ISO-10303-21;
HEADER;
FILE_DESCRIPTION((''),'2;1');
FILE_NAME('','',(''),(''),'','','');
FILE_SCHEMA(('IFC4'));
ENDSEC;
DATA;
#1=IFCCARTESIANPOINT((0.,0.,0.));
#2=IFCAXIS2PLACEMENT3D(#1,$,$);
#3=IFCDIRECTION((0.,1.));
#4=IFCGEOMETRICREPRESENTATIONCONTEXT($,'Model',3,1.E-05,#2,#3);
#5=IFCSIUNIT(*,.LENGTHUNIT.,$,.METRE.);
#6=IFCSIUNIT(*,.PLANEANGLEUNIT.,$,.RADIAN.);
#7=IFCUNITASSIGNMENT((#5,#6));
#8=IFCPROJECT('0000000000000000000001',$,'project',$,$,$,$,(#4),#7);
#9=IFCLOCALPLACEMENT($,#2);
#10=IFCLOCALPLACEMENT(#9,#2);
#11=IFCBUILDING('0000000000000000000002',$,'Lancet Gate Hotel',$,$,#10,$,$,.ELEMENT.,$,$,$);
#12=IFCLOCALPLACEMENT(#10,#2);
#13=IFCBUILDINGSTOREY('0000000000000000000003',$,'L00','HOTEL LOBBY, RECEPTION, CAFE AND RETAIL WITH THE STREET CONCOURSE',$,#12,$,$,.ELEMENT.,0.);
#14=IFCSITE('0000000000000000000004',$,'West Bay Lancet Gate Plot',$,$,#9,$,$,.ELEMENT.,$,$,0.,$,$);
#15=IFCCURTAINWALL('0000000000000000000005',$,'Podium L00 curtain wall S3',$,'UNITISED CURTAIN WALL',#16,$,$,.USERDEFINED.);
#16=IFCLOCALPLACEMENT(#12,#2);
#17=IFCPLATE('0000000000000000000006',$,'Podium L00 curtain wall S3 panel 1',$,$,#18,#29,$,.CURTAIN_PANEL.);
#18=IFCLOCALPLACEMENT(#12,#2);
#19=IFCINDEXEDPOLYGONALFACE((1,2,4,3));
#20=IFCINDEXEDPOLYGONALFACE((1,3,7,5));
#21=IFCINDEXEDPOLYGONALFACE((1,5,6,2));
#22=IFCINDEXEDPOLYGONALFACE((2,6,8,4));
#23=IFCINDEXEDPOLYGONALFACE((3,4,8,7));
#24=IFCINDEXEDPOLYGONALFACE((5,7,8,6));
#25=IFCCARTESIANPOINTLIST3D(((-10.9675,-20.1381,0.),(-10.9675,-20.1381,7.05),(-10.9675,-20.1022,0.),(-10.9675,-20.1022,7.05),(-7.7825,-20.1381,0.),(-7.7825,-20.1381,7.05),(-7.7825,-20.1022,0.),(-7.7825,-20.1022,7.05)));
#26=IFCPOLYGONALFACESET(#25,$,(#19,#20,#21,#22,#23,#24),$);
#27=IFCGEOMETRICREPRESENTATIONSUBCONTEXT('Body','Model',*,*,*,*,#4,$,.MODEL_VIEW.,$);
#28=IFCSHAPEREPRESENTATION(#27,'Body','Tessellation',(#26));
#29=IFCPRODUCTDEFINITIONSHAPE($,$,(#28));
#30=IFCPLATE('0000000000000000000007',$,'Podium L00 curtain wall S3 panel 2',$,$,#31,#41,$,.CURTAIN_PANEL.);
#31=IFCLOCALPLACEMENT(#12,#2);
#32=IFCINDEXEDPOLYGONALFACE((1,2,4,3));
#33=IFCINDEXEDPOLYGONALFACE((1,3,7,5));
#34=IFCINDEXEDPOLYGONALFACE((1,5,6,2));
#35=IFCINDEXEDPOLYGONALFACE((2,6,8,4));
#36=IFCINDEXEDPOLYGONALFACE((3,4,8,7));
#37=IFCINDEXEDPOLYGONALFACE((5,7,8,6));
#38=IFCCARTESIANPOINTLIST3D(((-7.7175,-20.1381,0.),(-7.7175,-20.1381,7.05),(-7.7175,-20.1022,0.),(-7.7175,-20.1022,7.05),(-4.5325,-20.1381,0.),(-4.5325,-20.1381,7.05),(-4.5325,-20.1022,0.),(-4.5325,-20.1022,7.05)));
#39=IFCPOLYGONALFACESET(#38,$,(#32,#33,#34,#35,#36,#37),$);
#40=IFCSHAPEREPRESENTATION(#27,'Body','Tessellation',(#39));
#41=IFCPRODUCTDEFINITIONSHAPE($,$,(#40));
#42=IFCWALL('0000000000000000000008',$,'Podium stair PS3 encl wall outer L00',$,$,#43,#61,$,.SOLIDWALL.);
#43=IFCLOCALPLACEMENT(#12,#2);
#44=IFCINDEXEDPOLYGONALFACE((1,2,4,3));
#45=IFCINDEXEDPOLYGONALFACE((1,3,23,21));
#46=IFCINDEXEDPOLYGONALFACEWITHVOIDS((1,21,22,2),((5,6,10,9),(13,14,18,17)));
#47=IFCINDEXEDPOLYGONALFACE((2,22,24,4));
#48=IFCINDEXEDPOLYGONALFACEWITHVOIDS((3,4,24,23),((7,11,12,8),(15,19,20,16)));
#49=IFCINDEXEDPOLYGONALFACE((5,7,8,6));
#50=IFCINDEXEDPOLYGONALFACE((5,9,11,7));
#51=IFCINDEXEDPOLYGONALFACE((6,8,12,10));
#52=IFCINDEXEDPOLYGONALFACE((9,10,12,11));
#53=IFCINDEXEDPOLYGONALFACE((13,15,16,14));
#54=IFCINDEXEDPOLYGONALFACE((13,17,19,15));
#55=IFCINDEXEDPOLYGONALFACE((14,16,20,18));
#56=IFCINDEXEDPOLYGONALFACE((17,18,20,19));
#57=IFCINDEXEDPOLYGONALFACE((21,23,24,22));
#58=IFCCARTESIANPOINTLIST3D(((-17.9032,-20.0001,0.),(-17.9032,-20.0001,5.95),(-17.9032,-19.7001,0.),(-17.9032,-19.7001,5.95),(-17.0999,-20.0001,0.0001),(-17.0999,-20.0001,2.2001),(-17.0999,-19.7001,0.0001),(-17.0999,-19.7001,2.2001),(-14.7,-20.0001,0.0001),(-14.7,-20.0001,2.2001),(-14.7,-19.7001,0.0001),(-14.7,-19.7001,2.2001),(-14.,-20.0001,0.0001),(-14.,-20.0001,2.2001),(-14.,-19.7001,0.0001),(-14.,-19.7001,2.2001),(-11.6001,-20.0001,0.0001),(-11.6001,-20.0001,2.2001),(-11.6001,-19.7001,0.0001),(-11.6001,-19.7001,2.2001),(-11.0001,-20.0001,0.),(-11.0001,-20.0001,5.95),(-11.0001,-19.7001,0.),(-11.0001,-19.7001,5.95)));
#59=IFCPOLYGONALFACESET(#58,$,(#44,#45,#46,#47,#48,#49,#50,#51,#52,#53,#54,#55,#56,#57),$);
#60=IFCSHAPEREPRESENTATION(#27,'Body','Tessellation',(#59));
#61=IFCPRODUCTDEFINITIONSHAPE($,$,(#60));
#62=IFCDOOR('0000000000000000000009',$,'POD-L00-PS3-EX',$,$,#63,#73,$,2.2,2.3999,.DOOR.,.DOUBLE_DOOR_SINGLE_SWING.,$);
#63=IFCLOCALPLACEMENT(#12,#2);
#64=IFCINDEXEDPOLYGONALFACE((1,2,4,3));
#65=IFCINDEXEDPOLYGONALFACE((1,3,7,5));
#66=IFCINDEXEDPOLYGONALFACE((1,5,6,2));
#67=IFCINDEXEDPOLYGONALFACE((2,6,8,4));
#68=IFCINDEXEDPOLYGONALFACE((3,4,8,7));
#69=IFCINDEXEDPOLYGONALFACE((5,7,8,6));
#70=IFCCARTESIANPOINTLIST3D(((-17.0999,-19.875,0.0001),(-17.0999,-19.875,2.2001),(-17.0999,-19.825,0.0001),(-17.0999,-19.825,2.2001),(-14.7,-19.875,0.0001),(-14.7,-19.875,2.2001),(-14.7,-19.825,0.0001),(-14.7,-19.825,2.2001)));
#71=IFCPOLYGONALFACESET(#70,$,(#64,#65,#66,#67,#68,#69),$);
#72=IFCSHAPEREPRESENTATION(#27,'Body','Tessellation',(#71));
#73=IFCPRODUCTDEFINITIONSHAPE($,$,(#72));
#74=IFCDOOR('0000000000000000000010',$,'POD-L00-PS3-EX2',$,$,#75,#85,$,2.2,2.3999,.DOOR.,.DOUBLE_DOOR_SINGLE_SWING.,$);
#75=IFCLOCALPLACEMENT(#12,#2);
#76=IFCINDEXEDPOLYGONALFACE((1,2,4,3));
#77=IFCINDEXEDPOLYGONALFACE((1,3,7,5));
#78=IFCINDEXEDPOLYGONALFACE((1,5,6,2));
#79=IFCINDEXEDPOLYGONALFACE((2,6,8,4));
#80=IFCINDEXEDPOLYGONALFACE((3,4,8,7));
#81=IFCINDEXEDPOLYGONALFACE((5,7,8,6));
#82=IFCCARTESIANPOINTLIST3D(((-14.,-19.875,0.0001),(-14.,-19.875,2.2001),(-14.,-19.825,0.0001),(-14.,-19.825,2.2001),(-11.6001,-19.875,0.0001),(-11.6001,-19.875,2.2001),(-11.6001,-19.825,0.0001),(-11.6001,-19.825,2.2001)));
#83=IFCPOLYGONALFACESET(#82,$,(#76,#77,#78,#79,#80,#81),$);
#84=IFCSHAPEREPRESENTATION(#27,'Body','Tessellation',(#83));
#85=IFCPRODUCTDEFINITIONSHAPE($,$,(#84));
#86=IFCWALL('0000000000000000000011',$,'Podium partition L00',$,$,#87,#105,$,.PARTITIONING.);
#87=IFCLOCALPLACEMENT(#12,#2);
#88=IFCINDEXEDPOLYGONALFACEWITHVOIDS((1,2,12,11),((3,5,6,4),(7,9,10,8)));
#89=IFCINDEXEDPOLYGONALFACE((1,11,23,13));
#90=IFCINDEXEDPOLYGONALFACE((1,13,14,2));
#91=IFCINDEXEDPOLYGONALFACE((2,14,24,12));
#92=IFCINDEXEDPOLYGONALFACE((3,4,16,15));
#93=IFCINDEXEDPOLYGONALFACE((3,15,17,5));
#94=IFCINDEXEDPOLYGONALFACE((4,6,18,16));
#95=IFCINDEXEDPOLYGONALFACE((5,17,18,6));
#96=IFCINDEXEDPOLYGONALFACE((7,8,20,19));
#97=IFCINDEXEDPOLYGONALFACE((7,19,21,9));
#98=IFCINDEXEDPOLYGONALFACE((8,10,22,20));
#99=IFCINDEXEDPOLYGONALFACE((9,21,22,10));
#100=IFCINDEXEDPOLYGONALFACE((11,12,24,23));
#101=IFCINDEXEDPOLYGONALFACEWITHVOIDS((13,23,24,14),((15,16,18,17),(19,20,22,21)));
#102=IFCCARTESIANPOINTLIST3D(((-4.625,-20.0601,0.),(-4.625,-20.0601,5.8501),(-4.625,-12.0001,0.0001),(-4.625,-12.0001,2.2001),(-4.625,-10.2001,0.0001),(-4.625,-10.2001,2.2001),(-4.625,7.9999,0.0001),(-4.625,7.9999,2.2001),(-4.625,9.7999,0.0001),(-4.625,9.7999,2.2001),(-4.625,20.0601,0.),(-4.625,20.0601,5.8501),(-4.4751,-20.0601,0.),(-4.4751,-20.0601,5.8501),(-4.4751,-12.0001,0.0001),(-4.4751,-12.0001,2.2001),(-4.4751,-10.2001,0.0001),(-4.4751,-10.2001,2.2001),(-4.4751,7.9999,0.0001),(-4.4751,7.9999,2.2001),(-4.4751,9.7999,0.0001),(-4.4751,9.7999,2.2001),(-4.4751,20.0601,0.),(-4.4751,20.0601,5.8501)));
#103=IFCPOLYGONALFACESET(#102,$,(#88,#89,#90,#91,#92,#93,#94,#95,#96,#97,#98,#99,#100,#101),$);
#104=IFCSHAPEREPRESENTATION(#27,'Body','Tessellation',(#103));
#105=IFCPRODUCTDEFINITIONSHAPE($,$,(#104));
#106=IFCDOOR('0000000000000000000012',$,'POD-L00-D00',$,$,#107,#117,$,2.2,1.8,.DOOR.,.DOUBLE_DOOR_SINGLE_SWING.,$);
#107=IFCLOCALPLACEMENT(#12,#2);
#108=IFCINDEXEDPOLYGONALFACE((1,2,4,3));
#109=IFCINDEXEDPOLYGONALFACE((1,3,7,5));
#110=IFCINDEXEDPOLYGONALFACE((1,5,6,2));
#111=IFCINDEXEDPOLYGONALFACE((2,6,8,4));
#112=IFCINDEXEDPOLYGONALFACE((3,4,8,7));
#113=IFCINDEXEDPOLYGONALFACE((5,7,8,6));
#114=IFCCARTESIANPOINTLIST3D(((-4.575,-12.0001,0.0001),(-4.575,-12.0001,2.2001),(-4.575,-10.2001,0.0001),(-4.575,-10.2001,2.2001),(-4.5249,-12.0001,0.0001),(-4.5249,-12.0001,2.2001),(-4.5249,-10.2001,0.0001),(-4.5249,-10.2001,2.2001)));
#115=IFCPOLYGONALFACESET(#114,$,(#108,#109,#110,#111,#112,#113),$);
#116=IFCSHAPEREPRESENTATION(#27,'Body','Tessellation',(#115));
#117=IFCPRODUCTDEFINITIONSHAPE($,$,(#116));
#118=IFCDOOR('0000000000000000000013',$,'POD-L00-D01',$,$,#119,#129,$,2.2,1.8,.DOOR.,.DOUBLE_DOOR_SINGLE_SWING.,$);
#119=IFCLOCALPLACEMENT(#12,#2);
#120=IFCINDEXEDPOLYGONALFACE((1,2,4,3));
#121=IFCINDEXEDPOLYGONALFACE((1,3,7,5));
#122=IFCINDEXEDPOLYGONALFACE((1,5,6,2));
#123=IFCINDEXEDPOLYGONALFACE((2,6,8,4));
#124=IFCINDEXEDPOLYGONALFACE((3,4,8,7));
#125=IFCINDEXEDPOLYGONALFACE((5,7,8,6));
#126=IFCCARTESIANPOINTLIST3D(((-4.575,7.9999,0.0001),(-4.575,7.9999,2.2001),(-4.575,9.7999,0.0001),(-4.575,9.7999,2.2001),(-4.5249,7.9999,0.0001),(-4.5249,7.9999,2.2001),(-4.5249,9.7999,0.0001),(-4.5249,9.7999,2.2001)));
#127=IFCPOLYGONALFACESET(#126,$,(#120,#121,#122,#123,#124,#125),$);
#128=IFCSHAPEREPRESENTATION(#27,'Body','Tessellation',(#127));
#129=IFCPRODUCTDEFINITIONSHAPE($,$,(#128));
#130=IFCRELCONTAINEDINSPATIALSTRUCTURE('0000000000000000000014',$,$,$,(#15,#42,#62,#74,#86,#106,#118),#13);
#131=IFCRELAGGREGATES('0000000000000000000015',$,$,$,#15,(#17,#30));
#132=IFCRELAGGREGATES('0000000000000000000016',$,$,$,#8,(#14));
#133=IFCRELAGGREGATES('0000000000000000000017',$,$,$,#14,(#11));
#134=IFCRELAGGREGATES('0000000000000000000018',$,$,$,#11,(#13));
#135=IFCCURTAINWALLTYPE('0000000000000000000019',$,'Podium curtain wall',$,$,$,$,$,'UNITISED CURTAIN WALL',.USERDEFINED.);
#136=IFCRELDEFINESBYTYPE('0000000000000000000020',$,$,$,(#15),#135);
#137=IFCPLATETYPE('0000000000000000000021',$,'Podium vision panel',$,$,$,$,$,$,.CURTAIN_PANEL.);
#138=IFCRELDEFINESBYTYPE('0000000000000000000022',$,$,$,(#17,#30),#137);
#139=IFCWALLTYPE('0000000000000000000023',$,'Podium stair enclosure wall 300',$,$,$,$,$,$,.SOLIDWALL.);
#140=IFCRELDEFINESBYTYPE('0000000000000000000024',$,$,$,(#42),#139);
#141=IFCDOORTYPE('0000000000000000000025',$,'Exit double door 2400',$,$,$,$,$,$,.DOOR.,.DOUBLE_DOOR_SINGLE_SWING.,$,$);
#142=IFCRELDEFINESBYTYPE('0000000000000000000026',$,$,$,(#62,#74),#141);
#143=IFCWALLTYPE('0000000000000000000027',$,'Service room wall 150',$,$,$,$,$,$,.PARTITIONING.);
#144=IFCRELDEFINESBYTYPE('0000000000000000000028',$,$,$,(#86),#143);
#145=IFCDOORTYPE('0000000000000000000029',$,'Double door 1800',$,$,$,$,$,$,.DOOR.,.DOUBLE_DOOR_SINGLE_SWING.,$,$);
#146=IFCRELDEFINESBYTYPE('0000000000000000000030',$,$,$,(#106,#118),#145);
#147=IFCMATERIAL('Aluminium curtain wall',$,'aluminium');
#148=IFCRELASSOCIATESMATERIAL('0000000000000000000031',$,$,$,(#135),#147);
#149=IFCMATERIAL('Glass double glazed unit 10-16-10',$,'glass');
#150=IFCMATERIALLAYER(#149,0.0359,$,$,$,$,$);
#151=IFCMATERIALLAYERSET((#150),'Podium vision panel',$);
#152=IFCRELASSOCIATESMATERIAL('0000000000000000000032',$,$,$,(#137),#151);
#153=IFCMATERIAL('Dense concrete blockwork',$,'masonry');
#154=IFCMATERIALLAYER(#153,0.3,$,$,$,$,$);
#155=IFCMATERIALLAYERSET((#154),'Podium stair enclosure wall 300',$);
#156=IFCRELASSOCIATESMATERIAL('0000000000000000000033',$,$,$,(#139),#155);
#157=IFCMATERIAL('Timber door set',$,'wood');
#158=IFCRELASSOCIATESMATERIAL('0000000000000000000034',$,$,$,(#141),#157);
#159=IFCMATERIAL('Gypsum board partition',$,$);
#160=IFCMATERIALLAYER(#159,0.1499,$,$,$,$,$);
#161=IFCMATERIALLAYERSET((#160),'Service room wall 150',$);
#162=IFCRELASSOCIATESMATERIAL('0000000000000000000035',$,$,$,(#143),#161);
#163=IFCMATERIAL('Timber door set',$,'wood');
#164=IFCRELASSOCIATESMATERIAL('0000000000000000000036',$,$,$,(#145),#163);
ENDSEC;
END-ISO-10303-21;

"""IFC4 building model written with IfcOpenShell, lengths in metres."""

from ifc_helpers import new_model, si_unit, direction, frame, frame_2d, origin, origin_2d, place, context, subcontext, project, spatial, rectangle, extrude, material, layer, layer_set, type_object, element, fill, aggregate, save


model = new_model("IFC4")

# Units and contexts
model_context = context("Model", 3, precision=1e-05, world=origin(), true_north=direction((0.0, 1.0)))
body_context = subcontext(model_context, "Body", "Model", "MODEL_VIEW")
ifc_project = project(units=[si_unit("LENGTHUNIT", "METRE"), si_unit("PLANEANGLEUNIT", "RADIAN")], contexts=[model_context])

# Site, building, storey
site_placement = place(None, origin())
site = spatial("IfcSite", under=ifc_project, at=site_placement, Name="West Bay Lancet Gate Plot", CompositionType="ELEMENT", RefElevation=0.0)
building_placement = place(site_placement, origin())
building = spatial("IfcBuilding", under=site, at=building_placement, Name="Lancet Gate Hotel", CompositionType="ELEMENT")
storey_placement = place(building_placement, origin())
storey = spatial("IfcBuildingStorey", under=building, at=storey_placement, Name="L00", Description="HOTEL LOBBY, RECEPTION, CAFE AND RETAIL WITH THE STREET CONCOURSE", CompositionType="ELEMENT", Elevation=0.0)

# Shared definitions
ifc_material_1 = material(Name="Aluminium curtain wall", Category="aluminium")
curtain_wall_type = type_object("IfcCurtainWallType", Name="Podium curtain wall", ElementType="UNITISED CURTAIN WALL", PredefinedType="USERDEFINED", material=ifc_material_1)

# Curtain wall
curtain_wall_1_placement = place(storey_placement, origin())
curtain_wall_1 = element("IfcCurtainWall", 1, at=curtain_wall_1_placement, inside=storey, type_object=curtain_wall_type, Name="Podium L00 curtain wall S3", ObjectType="UNITISED CURTAIN WALL", PredefinedType="USERDEFINED")

# Plates
ifc_material_2 = material(Name="Glass double glazed unit 10-16-10", Category="glass")
ifc_layer_1 = layer(ifc_material_2, 0.0359)
ifc_layer_set_1 = layer_set([ifc_layer_1], Name="Podium vision panel")
plate_type = type_object("IfcPlateType", Name="Podium vision panel", PredefinedType="CURTAIN_PANEL", material=ifc_layer_set_1)
plate_1_placement = place(storey_placement, frame((-9.375, -20.1201, 0.0), z_axis=(0.0, 0.0, 1.0), x_axis=(1.0, 0.0, 0.0)))
plate_1 = element("IfcPlate", 2, at=plate_1_placement, type_object=plate_type, Name="Podium L00 curtain wall S3 panel 1", PredefinedType="CURTAIN_PANEL", context=body_context, shape_type="SweptSolid", body=[
    extrude(rectangle(XDim=3.1851, YDim=0.0359, at=origin_2d()), origin(), (0.0, 0.0, 1.0), 7.05),
])
plate_2_placement = place(storey_placement, frame((-6.125, -20.1201, 0.0), z_axis=(0.0, 0.0, 1.0), x_axis=(1.0, 0.0, 0.0)))
plate_2 = element("IfcPlate", 3, at=plate_2_placement, type_object=plate_type, Name="Podium L00 curtain wall S3 panel 2", PredefinedType="CURTAIN_PANEL", context=body_context, shape_type="SweptSolid", body=[
    extrude(rectangle(XDim=3.1851, YDim=0.0359, at=origin_2d()), origin(), (0.0, 0.0, 1.0), 7.05),
])
aggregate(curtain_wall_1, [plate_1, plate_2])

# Walls, openings, doors
ifc_material_3 = material(Name="Dense concrete blockwork", Category="masonry")
ifc_layer_2 = layer(ifc_material_3, 0.3)
ifc_layer_set_2 = layer_set([ifc_layer_2], Name="Podium stair enclosure wall 300")
wall_type_1 = type_object("IfcWallType", Name="Podium stair enclosure wall 300", PredefinedType="SOLIDWALL", material=ifc_layer_set_2)
wall_1_placement = place(storey_placement, frame((-11.0, -19.8501, 0.0), z_axis=(0.0, 0.0, 1.0), x_axis=(-1.0, 0.0, 0.0)))
wall_1 = element("IfcWall", 4, at=wall_1_placement, inside=storey, type_object=wall_type_1, Name="Podium stair PS3 encl wall outer L00", PredefinedType="SOLIDWALL", context=body_context, shape_type="SweptSolid", body=[
    extrude(rectangle(XDim=6.9031, YDim=0.3, at=frame_2d((3.4517, 0.0))), origin(), (0.0, 0.0, 1.0), 5.95),
])
opening_1_placement = place(wall_1_placement, frame((3.7, 0.0, 0.0)))
opening_1 = element("IfcOpeningElement", 5, at=opening_1_placement, cuts=wall_1, PredefinedType="OPENING", context=body_context, shape_type="SweptSolid", body=[
    extrude(rectangle(XDim=2.3999, YDim=2.2, at=frame_2d((1.2, 1.1001))), frame((0.0, 0.1599, 0.0), z_axis=(0.0, -1.0, 0.0), x_axis=(1.0, 0.0, 0.0)), (0.0, 0.0, 1.0), 0.3201),
])
opening_2_placement = place(wall_1_placement, frame((0.6001, 0.0, 0.0)))
opening_2 = element("IfcOpeningElement", 6, at=opening_2_placement, cuts=wall_1, PredefinedType="OPENING", context=body_context, shape_type="SweptSolid", body=[
    extrude(rectangle(XDim=2.3999, YDim=2.2, at=frame_2d((1.2, 1.1001))), frame((0.0, 0.1599, 0.0), z_axis=(0.0, -1.0, 0.0), x_axis=(1.0, 0.0, 0.0)), (0.0, 0.0, 1.0), 0.3201),
])
ifc_material_4 = material(Name="Timber door set", Category="wood")
door_type_1 = type_object("IfcDoorType", Name="Exit double door 2400", OperationType="DOUBLE_DOOR_SINGLE_SWING", PredefinedType="DOOR", material=ifc_material_4)
door_1_placement = place(opening_1_placement, origin())
door_1 = element("IfcDoor", 7, at=door_1_placement, inside=storey, type_object=door_type_1, Name="POD-L00-PS3-EX", OperationType="DOUBLE_DOOR_SINGLE_SWING", OverallHeight=2.2, OverallWidth=2.3999, PredefinedType="DOOR", context=body_context, shape_type="SweptSolid", body=[
    extrude(rectangle(XDim=2.3999, YDim=2.2, at=frame_2d((1.2, 1.1001))), frame((0.0, 0.0249, 0.0), z_axis=(0.0, -1.0, 0.0), x_axis=(1.0, 0.0, 0.0)), (0.0, 0.0, 1.0), 0.05),
])
fill(opening_1, door_1)
door_2_placement = place(opening_2_placement, origin())
door_2 = element("IfcDoor", 8, at=door_2_placement, inside=storey, type_object=door_type_1, Name="POD-L00-PS3-EX2", OperationType="DOUBLE_DOOR_SINGLE_SWING", OverallHeight=2.2, OverallWidth=2.3999, PredefinedType="DOOR", context=body_context, shape_type="SweptSolid", body=[
    extrude(rectangle(XDim=2.3999, YDim=2.2, at=frame_2d((1.2, 1.1001))), frame((0.0, 0.0249, 0.0), z_axis=(0.0, -1.0, 0.0), x_axis=(1.0, 0.0, 0.0)), (0.0, 0.0, 1.0), 0.05),
])
fill(opening_2, door_2)
ifc_material_5 = material(Name="Gypsum board partition")
ifc_layer_3 = layer(ifc_material_5, 0.1499)
ifc_layer_set_3 = layer_set([ifc_layer_3], Name="Service room wall 150")
wall_type_2 = type_object("IfcWallType", Name="Service room wall 150", PredefinedType="PARTITIONING", material=ifc_layer_set_3)
wall_2_placement = place(storey_placement, frame((-4.55, -20.0601, 0.0), z_axis=(0.0, 0.0, 1.0), x_axis=(0.0, 1.0, 0.0)))
wall_2 = element("IfcWall", 9, at=wall_2_placement, inside=storey, type_object=wall_type_2, Name="Podium partition L00", PredefinedType="PARTITIONING", context=body_context, shape_type="SweptSolid", body=[
    extrude(rectangle(XDim=40.1201, YDim=0.1499, at=frame_2d((20.0601, 0.0))), origin(), (0.0, 0.0, 1.0), 5.8501),
])
opening_3_placement = place(wall_2_placement, frame((8.0601, 0.0, 0.0)))
opening_3 = element("IfcOpeningElement", 10, at=opening_3_placement, cuts=wall_2, PredefinedType="OPENING", context=body_context, shape_type="SweptSolid", body=[
    extrude(rectangle(XDim=1.8, YDim=2.2, at=frame_2d((0.8999, 1.1001))), frame((0.0, 0.085, 0.0), z_axis=(0.0, -1.0, 0.0), x_axis=(1.0, 0.0, 0.0)), (0.0, 0.0, 1.0), 0.1699),
])
opening_4_placement = place(wall_2_placement, frame((28.0601, 0.0, 0.0)))
opening_4 = element("IfcOpeningElement", 11, at=opening_4_placement, cuts=wall_2, PredefinedType="OPENING", context=body_context, shape_type="SweptSolid", body=[
    extrude(rectangle(XDim=1.8, YDim=2.2, at=frame_2d((0.8999, 1.1001))), frame((0.0, 0.085, 0.0), z_axis=(0.0, -1.0, 0.0), x_axis=(1.0, 0.0, 0.0)), (0.0, 0.0, 1.0), 0.1699),
])
ifc_material_6 = material(Name="Timber door set", Category="wood")
door_type_2 = type_object("IfcDoorType", Name="Double door 1800", OperationType="DOUBLE_DOOR_SINGLE_SWING", PredefinedType="DOOR", material=ifc_material_6)
door_3_placement = place(opening_3_placement, origin())
door_3 = element("IfcDoor", 12, at=door_3_placement, inside=storey, type_object=door_type_2, Name="POD-L00-D00", OperationType="DOUBLE_DOOR_SINGLE_SWING", OverallHeight=2.2, OverallWidth=1.8, PredefinedType="DOOR", context=body_context, shape_type="SweptSolid", body=[
    extrude(rectangle(XDim=1.8, YDim=2.2, at=frame_2d((0.8999, 1.1001))), frame((0.0, 0.0249, 0.0), z_axis=(0.0, -1.0, 0.0), x_axis=(1.0, 0.0, 0.0)), (0.0, 0.0, 1.0), 0.05),
])
fill(opening_3, door_3)
door_4_placement = place(opening_4_placement, origin())
door_4 = element("IfcDoor", 13, at=door_4_placement, inside=storey, type_object=door_type_2, Name="POD-L00-D01", OperationType="DOUBLE_DOOR_SINGLE_SWING", OverallHeight=2.2, OverallWidth=1.8, PredefinedType="DOOR", context=body_context, shape_type="SweptSolid", body=[
    extrude(rectangle(XDim=1.8, YDim=2.2, at=frame_2d((0.8999, 1.1001))), frame((0.0, 0.0249, 0.0), z_axis=(0.0, -1.0, 0.0), x_axis=(1.0, 0.0, 0.0)), (0.0, 0.0, 1.0), 0.05),
])
fill(opening_4, door_4)

save(model, "model.ifc")
